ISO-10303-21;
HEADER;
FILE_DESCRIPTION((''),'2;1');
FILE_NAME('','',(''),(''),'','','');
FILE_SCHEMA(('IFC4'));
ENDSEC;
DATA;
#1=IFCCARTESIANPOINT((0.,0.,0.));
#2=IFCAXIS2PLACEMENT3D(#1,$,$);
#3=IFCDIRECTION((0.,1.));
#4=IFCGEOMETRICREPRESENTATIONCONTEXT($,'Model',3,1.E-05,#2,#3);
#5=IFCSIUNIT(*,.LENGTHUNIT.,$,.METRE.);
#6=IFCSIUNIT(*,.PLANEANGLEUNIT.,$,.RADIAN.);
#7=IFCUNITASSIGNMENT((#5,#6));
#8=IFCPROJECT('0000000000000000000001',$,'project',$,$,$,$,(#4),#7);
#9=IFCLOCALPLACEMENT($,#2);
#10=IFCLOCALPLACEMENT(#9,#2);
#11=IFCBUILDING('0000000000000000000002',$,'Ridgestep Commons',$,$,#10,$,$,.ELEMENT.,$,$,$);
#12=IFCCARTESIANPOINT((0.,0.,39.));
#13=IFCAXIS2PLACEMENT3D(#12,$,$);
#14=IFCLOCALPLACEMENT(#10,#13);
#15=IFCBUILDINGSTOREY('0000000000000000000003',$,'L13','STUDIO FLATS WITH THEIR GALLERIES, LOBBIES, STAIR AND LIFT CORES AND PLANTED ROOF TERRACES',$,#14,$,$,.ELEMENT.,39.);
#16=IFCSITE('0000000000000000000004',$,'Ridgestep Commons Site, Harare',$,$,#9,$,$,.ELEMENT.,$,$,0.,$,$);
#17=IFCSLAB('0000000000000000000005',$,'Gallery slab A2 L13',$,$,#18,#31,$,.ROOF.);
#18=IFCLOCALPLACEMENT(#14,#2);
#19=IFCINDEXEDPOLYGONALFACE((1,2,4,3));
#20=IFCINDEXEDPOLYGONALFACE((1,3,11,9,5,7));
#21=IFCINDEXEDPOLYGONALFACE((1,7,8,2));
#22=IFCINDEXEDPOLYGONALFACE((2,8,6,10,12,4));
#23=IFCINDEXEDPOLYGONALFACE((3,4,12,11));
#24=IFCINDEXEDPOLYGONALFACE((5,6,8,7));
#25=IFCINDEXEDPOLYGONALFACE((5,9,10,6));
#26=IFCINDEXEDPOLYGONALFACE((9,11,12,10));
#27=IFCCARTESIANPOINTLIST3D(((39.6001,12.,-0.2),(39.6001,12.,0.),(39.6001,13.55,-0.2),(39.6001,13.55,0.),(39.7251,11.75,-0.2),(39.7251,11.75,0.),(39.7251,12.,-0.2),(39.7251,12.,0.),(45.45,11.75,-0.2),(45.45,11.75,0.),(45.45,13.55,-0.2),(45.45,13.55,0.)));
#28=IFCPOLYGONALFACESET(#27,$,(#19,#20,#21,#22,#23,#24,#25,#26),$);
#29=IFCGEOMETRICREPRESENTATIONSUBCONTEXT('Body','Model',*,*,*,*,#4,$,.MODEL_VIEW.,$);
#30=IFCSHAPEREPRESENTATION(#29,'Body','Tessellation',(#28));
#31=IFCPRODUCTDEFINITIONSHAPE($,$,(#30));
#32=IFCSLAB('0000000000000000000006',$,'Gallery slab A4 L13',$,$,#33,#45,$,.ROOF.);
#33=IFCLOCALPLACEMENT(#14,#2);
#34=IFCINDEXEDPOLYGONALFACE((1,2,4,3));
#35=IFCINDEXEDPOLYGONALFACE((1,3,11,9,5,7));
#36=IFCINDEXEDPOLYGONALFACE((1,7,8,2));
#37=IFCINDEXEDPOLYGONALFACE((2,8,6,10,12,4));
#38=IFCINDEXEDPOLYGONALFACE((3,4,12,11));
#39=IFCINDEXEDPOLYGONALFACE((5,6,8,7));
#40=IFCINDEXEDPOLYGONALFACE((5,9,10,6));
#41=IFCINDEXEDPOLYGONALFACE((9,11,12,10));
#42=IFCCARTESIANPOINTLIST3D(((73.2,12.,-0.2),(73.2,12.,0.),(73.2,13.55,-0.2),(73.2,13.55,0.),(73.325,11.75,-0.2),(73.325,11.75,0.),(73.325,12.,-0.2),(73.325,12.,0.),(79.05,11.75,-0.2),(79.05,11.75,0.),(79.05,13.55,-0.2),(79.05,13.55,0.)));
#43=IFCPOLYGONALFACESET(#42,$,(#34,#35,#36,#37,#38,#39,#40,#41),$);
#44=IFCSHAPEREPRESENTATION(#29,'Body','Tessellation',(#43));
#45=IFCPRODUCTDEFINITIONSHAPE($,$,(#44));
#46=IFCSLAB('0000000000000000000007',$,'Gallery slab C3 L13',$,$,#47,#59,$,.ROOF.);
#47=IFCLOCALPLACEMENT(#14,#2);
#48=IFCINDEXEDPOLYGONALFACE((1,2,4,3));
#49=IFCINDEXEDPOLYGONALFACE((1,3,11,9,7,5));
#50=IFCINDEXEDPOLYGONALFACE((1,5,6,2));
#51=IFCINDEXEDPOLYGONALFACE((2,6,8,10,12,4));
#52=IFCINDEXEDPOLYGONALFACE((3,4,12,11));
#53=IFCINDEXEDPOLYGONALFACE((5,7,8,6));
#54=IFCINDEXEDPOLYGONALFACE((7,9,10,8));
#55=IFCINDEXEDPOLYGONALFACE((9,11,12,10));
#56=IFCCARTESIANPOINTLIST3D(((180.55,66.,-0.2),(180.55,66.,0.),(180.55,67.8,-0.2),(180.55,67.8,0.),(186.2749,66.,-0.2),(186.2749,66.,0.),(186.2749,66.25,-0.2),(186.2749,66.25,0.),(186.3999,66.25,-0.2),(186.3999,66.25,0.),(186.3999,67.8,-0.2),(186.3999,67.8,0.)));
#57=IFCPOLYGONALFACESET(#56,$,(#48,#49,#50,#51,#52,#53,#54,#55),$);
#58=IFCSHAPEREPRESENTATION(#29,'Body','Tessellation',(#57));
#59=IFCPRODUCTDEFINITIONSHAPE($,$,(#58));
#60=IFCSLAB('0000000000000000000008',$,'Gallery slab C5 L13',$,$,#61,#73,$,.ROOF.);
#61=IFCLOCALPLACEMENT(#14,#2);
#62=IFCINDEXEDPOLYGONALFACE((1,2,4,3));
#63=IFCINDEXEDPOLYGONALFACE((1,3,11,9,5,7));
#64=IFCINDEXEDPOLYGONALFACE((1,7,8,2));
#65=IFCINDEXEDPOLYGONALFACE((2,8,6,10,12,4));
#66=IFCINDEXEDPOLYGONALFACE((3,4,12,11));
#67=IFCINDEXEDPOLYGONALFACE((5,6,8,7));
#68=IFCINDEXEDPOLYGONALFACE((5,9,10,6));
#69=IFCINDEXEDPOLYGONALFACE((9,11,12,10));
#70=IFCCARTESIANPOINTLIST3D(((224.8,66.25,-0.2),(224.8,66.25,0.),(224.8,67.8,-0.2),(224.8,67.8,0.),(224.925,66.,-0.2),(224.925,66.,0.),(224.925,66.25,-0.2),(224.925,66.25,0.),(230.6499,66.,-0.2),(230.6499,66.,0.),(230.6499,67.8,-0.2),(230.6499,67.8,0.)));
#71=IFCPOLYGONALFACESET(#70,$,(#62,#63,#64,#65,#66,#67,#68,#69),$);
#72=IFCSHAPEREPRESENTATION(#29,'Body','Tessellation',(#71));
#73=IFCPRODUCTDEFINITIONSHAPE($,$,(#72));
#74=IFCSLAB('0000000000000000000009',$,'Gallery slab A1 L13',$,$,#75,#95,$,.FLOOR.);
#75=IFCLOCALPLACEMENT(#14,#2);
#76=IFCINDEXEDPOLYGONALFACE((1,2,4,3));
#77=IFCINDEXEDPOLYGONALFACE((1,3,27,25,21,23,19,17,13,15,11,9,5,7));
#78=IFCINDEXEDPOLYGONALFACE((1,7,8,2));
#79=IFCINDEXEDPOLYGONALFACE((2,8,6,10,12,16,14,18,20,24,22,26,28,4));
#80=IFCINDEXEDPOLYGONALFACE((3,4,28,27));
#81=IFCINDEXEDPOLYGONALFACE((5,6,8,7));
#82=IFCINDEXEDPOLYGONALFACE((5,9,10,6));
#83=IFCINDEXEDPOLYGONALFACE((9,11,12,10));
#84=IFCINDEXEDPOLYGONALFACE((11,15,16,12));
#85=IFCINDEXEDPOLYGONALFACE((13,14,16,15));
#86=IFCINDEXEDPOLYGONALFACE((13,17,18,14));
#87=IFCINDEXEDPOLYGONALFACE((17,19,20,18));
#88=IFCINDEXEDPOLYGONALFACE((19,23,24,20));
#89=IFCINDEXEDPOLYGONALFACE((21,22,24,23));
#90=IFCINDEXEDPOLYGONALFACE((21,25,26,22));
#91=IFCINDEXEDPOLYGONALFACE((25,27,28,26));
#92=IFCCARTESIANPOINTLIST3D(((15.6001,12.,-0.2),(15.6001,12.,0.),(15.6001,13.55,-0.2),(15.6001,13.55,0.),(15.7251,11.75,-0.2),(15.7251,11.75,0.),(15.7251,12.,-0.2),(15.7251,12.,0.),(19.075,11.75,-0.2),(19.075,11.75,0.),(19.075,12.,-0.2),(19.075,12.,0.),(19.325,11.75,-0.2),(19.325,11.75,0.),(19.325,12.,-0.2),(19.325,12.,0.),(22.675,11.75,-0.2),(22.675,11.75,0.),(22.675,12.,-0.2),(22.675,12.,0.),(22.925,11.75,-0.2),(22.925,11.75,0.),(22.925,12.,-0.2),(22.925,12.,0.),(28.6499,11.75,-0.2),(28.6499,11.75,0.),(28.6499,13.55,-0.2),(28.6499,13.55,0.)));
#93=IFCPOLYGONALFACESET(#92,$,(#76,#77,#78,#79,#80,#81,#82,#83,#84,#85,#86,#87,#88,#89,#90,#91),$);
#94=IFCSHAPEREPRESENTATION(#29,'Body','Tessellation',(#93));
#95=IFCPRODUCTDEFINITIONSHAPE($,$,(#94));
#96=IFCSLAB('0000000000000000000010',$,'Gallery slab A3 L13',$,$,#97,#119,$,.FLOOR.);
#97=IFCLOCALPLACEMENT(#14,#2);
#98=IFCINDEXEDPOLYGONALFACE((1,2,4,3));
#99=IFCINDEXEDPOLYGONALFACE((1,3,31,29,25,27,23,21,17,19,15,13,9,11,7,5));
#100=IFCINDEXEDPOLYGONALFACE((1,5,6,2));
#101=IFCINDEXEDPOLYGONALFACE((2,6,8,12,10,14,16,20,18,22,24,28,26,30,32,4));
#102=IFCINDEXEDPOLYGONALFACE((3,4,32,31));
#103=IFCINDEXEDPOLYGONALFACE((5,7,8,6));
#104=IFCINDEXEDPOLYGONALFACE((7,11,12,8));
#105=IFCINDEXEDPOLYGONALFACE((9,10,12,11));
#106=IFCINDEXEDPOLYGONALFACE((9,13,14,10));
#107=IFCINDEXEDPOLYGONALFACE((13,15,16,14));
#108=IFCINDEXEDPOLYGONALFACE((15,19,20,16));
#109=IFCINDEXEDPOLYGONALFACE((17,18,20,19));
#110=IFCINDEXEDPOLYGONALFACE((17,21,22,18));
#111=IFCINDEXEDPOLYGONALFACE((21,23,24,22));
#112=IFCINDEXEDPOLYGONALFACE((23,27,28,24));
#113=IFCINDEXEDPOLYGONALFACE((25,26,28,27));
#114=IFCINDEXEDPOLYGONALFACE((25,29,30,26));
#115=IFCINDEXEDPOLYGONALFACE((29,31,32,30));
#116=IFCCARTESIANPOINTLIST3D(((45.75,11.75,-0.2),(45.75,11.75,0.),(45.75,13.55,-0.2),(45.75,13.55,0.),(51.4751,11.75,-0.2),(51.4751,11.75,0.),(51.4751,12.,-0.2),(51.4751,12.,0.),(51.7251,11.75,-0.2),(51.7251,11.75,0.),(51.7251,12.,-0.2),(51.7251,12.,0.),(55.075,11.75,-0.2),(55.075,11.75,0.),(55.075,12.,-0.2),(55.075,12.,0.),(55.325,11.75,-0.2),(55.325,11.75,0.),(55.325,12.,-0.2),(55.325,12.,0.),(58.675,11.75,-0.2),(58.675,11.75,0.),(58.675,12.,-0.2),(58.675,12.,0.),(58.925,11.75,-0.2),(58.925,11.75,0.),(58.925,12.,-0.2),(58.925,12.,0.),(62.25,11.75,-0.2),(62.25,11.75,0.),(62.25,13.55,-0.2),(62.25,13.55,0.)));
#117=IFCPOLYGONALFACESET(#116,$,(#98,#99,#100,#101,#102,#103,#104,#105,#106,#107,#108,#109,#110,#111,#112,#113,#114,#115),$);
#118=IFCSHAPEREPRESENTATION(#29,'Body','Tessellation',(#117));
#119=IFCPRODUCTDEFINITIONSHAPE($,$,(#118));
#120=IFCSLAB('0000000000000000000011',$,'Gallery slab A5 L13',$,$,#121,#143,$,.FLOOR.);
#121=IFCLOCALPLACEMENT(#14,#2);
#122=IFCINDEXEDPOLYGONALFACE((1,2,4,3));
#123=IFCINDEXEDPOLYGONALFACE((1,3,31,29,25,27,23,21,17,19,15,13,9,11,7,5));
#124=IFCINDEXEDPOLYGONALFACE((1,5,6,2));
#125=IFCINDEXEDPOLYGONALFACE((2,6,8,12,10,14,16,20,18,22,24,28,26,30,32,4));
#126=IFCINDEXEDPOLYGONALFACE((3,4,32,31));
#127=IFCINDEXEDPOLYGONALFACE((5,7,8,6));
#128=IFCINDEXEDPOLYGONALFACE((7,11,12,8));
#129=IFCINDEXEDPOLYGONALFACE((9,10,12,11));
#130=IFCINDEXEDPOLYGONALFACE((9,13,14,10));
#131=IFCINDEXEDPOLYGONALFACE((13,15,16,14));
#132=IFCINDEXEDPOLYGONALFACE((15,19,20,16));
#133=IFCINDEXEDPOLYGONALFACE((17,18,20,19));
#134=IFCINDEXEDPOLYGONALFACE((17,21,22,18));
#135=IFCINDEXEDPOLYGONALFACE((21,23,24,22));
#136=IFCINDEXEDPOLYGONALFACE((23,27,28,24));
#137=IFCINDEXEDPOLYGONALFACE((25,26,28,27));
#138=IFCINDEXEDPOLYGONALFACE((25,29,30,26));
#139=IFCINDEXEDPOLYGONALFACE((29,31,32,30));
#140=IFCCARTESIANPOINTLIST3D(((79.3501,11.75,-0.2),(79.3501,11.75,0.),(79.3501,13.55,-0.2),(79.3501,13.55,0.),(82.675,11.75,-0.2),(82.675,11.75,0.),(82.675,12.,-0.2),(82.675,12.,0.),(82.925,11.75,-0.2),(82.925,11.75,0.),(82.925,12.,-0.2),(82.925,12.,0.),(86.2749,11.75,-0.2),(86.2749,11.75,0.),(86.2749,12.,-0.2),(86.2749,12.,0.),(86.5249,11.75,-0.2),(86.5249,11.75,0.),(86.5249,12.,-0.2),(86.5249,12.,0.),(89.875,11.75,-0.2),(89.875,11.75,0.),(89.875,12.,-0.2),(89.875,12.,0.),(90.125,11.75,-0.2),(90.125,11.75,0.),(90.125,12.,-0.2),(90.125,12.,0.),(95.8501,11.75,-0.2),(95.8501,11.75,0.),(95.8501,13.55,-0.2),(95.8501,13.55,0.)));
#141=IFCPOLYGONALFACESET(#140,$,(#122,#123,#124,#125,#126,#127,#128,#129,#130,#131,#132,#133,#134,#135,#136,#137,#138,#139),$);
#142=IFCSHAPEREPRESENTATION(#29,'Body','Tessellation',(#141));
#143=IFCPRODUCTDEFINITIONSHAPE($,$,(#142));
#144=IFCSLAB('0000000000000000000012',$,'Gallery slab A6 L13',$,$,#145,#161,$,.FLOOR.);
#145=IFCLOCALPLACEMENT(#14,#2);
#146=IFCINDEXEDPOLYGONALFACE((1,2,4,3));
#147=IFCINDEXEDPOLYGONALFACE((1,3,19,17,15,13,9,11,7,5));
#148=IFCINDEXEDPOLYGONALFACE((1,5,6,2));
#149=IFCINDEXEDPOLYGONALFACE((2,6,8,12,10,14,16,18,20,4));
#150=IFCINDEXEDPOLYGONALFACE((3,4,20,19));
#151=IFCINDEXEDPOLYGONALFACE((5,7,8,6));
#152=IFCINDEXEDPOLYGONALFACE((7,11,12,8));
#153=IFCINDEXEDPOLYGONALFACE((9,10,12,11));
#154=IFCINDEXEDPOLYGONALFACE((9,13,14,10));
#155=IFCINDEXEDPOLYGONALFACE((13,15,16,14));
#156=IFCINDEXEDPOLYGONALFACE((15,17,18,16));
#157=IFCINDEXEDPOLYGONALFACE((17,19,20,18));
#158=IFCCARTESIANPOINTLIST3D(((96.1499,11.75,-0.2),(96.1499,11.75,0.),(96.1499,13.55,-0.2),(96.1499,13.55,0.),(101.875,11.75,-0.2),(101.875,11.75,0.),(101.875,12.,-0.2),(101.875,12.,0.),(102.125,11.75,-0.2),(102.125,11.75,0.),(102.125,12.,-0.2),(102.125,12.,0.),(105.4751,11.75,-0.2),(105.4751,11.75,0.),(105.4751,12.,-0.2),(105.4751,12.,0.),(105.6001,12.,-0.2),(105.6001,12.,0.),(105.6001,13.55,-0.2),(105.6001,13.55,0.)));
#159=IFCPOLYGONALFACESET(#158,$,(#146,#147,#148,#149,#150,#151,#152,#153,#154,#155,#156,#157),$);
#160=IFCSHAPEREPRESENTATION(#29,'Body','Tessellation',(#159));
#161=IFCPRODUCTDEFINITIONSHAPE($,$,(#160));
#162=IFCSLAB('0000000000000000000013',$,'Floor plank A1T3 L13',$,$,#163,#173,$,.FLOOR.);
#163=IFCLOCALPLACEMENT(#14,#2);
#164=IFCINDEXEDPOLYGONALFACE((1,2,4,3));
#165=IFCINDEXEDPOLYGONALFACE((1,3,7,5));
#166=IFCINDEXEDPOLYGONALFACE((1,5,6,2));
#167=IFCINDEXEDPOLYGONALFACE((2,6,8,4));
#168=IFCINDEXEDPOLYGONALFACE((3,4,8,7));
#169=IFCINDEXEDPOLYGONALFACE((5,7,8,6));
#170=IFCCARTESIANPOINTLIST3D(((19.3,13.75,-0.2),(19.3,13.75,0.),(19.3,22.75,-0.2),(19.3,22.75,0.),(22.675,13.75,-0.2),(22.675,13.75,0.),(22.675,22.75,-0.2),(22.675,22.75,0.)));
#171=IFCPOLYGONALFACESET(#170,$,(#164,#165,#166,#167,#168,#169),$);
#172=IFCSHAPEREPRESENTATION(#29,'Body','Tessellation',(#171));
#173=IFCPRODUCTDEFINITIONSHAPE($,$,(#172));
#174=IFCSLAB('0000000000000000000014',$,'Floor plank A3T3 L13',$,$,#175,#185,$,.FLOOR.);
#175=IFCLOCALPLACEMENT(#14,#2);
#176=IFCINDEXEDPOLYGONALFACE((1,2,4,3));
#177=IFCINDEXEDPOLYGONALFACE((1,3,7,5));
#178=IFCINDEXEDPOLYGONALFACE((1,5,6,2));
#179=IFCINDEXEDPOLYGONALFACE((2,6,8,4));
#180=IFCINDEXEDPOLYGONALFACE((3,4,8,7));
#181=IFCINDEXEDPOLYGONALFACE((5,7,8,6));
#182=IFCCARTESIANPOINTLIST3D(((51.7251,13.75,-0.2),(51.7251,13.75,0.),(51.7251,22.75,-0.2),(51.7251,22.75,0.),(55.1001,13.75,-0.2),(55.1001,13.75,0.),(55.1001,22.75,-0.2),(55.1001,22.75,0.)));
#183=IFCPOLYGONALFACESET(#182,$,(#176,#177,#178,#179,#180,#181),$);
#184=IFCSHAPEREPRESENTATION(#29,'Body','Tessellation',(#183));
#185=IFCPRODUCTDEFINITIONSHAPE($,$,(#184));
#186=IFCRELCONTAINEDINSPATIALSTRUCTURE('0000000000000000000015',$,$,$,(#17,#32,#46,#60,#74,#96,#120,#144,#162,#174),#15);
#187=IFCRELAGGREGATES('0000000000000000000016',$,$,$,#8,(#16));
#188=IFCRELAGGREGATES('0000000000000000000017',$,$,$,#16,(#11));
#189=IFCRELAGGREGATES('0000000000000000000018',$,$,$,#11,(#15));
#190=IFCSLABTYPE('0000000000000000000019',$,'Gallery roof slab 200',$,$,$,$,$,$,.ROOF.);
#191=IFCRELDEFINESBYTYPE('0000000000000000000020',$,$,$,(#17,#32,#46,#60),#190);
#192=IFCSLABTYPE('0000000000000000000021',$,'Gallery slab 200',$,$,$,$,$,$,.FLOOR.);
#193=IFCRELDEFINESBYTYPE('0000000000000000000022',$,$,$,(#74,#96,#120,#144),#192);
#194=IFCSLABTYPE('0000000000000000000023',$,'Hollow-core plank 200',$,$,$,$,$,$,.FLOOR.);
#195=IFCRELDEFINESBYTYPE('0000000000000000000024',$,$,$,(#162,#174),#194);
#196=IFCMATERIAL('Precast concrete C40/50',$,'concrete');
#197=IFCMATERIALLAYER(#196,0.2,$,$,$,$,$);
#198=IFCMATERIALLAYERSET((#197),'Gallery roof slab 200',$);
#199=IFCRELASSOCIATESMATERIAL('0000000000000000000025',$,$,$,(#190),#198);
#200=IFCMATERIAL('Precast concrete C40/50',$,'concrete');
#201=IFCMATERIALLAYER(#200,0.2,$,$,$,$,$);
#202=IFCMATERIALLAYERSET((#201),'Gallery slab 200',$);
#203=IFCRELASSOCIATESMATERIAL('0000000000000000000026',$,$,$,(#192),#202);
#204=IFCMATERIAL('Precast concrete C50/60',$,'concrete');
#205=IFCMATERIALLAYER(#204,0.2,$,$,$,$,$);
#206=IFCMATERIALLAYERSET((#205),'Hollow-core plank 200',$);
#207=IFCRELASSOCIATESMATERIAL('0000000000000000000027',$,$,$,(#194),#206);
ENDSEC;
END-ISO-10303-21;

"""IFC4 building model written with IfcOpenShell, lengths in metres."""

from ifc_helpers import new_model, si_unit, direction, frame, origin, place, context, subcontext, project, spatial, polyline, outline, extrude, material, layer, layer_set, type_object, element, save


model = new_model("IFC4")

# Units and contexts
model_context = context("Model", 3, precision=1e-05, world=origin(), true_north=direction((0.0, 1.0)))
body_context = subcontext(model_context, "Body", "Model", "MODEL_VIEW")
ifc_project = project(units=[si_unit("LENGTHUNIT", "METRE"), si_unit("PLANEANGLEUNIT", "RADIAN")], contexts=[model_context])

# Site, building, storey
site_placement = place(None, origin())
site = spatial("IfcSite", under=ifc_project, at=site_placement, Name="Ridgestep Commons Site, Harare", CompositionType="ELEMENT", RefElevation=0.0)
building_placement = place(site_placement, origin())
building = spatial("IfcBuilding", under=site, at=building_placement, Name="Ridgestep Commons", CompositionType="ELEMENT")
storey_placement = place(building_placement, frame((0.0, 0.0, 39.0)))
storey = spatial("IfcBuildingStorey", under=building, at=storey_placement, Name="L13", Description="STUDIO FLATS WITH THEIR GALLERIES, LOBBIES, STAIR AND LIFT CORES AND PLANTED ROOF TERRACES", CompositionType="ELEMENT", Elevation=39.0)

# Slabs
ifc_material_1 = material(Name="Precast concrete C40/50", Category="concrete")
ifc_layer_1 = layer(ifc_material_1, 0.2)
ifc_layer_set_1 = layer_set([ifc_layer_1], Name="Gallery roof slab 200")
slab_type_1 = type_object("IfcSlabType", Name="Gallery roof slab 200", PredefinedType="ROOF", material=ifc_layer_set_1)
slab_1_placement = place(storey_placement, frame((0.0, 0.0, -0.2)))
element("IfcSlab", 1, at=slab_1_placement, inside=storey, type_object=slab_type_1, Name="Gallery slab A2 L13", PredefinedType="ROOF", context=body_context, shape_type="SweptSolid", body=[
    extrude(outline(polyline([(39.6001, 13.55), (39.6001, 12.0), (39.7251, 12.0), (39.7251, 11.75), (45.45, 11.75), (45.45, 13.55), (39.6001, 13.55)])), origin(), (0.0, 0.0, 1.0), 0.2),
])
slab_2_placement = place(storey_placement, frame((0.0, 0.0, -0.2)))
element("IfcSlab", 2, at=slab_2_placement, inside=storey, type_object=slab_type_1, Name="Gallery slab A4 L13", PredefinedType="ROOF", context=body_context, shape_type="SweptSolid", body=[
    extrude(outline(polyline([(73.2, 13.55), (73.2, 12.0), (73.325, 12.0), (73.325, 11.75), (79.05, 11.75), (79.05, 13.55), (73.2, 13.55)])), origin(), (0.0, 0.0, 1.0), 0.2),
])
slab_3_placement = place(storey_placement, frame((0.0, 0.0, -0.2)))
element("IfcSlab", 3, at=slab_3_placement, inside=storey, type_object=slab_type_1, Name="Gallery slab C3 L13", PredefinedType="ROOF", context=body_context, shape_type="SweptSolid", body=[
    extrude(outline(polyline([(180.55, 66.0), (186.2749, 66.0), (186.2749, 66.25), (186.3999, 66.25), (186.3999, 67.8), (180.55, 67.8), (180.55, 66.0)])), origin(), (0.0, 0.0, 1.0), 0.2),
])
slab_4_placement = place(storey_placement, frame((0.0, 0.0, -0.2)))
element("IfcSlab", 4, at=slab_4_placement, inside=storey, type_object=slab_type_1, Name="Gallery slab C5 L13", PredefinedType="ROOF", context=body_context, shape_type="SweptSolid", body=[
    extrude(outline(polyline([(224.8, 67.8), (224.8, 66.25), (224.925, 66.25), (224.925, 66.0), (230.6499, 66.0), (230.6499, 67.8), (224.8, 67.8)])), origin(), (0.0, 0.0, 1.0), 0.2),
])
ifc_material_2 = material(Name="Precast concrete C40/50", Category="concrete")
ifc_layer_2 = layer(ifc_material_2, 0.2)
ifc_layer_set_2 = layer_set([ifc_layer_2], Name="Gallery slab 200")
slab_type_2 = type_object("IfcSlabType", Name="Gallery slab 200", PredefinedType="FLOOR", material=ifc_layer_set_2)
slab_5_placement = place(storey_placement, frame((0.0, 0.0, -0.2)))
element("IfcSlab", 5, at=slab_5_placement, inside=storey, type_object=slab_type_2, Name="Gallery slab A1 L13", PredefinedType="FLOOR", context=body_context, shape_type="SweptSolid", body=[
    extrude(outline(polyline([(28.6499, 11.75), (28.6499, 13.55), (15.6001, 13.55), (15.6001, 12.0), (15.7251, 12.0), (15.7251, 11.75), (19.075, 11.75), (19.075, 12.0), (19.325, 12.0), (19.325, 11.75), (22.675, 11.75), (22.675, 12.0), (22.925, 12.0), (22.925, 11.75), (28.6499, 11.75)])), origin(), (0.0, 0.0, 1.0), 0.2),
])
slab_6_placement = place(storey_placement, frame((0.0, 0.0, -0.2)))
element("IfcSlab", 6, at=slab_6_placement, inside=storey, type_object=slab_type_2, Name="Gallery slab A3 L13", PredefinedType="FLOOR", context=body_context, shape_type="SweptSolid", body=[
    extrude(outline(polyline([(62.25, 13.55), (45.75, 13.55), (45.75, 11.75), (51.4751, 11.75), (51.4751, 12.0), (51.7251, 12.0), (51.7251, 11.75), (55.075, 11.75), (55.075, 12.0), (55.325, 12.0), (55.325, 11.75), (58.675, 11.75), (58.675, 12.0), (58.925, 12.0), (58.925, 11.75), (62.25, 11.75), (62.25, 13.55)])), origin(), (0.0, 0.0, 1.0), 0.2),
])
slab_7_placement = place(storey_placement, frame((0.0, 0.0, -0.2)))
element("IfcSlab", 7, at=slab_7_placement, inside=storey, type_object=slab_type_2, Name="Gallery slab A5 L13", PredefinedType="FLOOR", context=body_context, shape_type="SweptSolid", body=[
    extrude(outline(polyline([(95.8501, 13.55), (79.3501, 13.55), (79.3501, 11.75), (82.675, 11.75), (82.675, 12.0), (82.925, 12.0), (82.925, 11.75), (86.2749, 11.75), (86.2749, 12.0), (86.5249, 12.0), (86.5249, 11.75), (89.875, 11.75), (89.875, 12.0), (90.125, 12.0), (90.125, 11.75), (95.8501, 11.75), (95.8501, 13.55)])), origin(), (0.0, 0.0, 1.0), 0.2),
])
slab_8_placement = place(storey_placement, frame((0.0, 0.0, -0.2)))
element("IfcSlab", 8, at=slab_8_placement, inside=storey, type_object=slab_type_2, Name="Gallery slab A6 L13", PredefinedType="FLOOR", context=body_context, shape_type="SweptSolid", body=[
    extrude(outline(polyline([(96.1499, 13.55), (96.1499, 11.75), (101.875, 11.75), (101.875, 12.0), (102.125, 12.0), (102.125, 11.75), (105.4751, 11.75), (105.4751, 12.0), (105.6001, 12.0), (105.6001, 13.55), (96.1499, 13.55)])), origin(), (0.0, 0.0, 1.0), 0.2),
])
ifc_material_3 = material(Name="Precast concrete C50/60", Category="concrete")
ifc_layer_3 = layer(ifc_material_3, 0.2)
ifc_layer_set_3 = layer_set([ifc_layer_3], Name="Hollow-core plank 200")
slab_type_3 = type_object("IfcSlabType", Name="Hollow-core plank 200", PredefinedType="FLOOR", material=ifc_layer_set_3)
slab_9_placement = place(storey_placement, frame((0.0, 0.0, -0.2)))
element("IfcSlab", 9, at=slab_9_placement, inside=storey, type_object=slab_type_3, Name="Floor plank A1T3 L13", PredefinedType="FLOOR", context=body_context, shape_type="SweptSolid", body=[
    extrude(outline(polyline([(22.675, 13.75), (22.675, 22.75), (19.3, 22.75), (19.3, 13.75), (22.675, 13.75)])), origin(), (0.0, 0.0, 1.0), 0.2),
])
slab_10_placement = place(storey_placement, frame((0.0, 0.0, -0.2)))
element("IfcSlab", 10, at=slab_10_placement, inside=storey, type_object=slab_type_3, Name="Floor plank A3T3 L13", PredefinedType="FLOOR", context=body_context, shape_type="SweptSolid", body=[
    extrude(outline(polyline([(55.1001, 13.75), (55.1001, 22.75), (51.7251, 22.75), (51.7251, 13.75), (55.1001, 13.75)])), origin(), (0.0, 0.0, 1.0), 0.2),
])

save(model, "model.ifc")
